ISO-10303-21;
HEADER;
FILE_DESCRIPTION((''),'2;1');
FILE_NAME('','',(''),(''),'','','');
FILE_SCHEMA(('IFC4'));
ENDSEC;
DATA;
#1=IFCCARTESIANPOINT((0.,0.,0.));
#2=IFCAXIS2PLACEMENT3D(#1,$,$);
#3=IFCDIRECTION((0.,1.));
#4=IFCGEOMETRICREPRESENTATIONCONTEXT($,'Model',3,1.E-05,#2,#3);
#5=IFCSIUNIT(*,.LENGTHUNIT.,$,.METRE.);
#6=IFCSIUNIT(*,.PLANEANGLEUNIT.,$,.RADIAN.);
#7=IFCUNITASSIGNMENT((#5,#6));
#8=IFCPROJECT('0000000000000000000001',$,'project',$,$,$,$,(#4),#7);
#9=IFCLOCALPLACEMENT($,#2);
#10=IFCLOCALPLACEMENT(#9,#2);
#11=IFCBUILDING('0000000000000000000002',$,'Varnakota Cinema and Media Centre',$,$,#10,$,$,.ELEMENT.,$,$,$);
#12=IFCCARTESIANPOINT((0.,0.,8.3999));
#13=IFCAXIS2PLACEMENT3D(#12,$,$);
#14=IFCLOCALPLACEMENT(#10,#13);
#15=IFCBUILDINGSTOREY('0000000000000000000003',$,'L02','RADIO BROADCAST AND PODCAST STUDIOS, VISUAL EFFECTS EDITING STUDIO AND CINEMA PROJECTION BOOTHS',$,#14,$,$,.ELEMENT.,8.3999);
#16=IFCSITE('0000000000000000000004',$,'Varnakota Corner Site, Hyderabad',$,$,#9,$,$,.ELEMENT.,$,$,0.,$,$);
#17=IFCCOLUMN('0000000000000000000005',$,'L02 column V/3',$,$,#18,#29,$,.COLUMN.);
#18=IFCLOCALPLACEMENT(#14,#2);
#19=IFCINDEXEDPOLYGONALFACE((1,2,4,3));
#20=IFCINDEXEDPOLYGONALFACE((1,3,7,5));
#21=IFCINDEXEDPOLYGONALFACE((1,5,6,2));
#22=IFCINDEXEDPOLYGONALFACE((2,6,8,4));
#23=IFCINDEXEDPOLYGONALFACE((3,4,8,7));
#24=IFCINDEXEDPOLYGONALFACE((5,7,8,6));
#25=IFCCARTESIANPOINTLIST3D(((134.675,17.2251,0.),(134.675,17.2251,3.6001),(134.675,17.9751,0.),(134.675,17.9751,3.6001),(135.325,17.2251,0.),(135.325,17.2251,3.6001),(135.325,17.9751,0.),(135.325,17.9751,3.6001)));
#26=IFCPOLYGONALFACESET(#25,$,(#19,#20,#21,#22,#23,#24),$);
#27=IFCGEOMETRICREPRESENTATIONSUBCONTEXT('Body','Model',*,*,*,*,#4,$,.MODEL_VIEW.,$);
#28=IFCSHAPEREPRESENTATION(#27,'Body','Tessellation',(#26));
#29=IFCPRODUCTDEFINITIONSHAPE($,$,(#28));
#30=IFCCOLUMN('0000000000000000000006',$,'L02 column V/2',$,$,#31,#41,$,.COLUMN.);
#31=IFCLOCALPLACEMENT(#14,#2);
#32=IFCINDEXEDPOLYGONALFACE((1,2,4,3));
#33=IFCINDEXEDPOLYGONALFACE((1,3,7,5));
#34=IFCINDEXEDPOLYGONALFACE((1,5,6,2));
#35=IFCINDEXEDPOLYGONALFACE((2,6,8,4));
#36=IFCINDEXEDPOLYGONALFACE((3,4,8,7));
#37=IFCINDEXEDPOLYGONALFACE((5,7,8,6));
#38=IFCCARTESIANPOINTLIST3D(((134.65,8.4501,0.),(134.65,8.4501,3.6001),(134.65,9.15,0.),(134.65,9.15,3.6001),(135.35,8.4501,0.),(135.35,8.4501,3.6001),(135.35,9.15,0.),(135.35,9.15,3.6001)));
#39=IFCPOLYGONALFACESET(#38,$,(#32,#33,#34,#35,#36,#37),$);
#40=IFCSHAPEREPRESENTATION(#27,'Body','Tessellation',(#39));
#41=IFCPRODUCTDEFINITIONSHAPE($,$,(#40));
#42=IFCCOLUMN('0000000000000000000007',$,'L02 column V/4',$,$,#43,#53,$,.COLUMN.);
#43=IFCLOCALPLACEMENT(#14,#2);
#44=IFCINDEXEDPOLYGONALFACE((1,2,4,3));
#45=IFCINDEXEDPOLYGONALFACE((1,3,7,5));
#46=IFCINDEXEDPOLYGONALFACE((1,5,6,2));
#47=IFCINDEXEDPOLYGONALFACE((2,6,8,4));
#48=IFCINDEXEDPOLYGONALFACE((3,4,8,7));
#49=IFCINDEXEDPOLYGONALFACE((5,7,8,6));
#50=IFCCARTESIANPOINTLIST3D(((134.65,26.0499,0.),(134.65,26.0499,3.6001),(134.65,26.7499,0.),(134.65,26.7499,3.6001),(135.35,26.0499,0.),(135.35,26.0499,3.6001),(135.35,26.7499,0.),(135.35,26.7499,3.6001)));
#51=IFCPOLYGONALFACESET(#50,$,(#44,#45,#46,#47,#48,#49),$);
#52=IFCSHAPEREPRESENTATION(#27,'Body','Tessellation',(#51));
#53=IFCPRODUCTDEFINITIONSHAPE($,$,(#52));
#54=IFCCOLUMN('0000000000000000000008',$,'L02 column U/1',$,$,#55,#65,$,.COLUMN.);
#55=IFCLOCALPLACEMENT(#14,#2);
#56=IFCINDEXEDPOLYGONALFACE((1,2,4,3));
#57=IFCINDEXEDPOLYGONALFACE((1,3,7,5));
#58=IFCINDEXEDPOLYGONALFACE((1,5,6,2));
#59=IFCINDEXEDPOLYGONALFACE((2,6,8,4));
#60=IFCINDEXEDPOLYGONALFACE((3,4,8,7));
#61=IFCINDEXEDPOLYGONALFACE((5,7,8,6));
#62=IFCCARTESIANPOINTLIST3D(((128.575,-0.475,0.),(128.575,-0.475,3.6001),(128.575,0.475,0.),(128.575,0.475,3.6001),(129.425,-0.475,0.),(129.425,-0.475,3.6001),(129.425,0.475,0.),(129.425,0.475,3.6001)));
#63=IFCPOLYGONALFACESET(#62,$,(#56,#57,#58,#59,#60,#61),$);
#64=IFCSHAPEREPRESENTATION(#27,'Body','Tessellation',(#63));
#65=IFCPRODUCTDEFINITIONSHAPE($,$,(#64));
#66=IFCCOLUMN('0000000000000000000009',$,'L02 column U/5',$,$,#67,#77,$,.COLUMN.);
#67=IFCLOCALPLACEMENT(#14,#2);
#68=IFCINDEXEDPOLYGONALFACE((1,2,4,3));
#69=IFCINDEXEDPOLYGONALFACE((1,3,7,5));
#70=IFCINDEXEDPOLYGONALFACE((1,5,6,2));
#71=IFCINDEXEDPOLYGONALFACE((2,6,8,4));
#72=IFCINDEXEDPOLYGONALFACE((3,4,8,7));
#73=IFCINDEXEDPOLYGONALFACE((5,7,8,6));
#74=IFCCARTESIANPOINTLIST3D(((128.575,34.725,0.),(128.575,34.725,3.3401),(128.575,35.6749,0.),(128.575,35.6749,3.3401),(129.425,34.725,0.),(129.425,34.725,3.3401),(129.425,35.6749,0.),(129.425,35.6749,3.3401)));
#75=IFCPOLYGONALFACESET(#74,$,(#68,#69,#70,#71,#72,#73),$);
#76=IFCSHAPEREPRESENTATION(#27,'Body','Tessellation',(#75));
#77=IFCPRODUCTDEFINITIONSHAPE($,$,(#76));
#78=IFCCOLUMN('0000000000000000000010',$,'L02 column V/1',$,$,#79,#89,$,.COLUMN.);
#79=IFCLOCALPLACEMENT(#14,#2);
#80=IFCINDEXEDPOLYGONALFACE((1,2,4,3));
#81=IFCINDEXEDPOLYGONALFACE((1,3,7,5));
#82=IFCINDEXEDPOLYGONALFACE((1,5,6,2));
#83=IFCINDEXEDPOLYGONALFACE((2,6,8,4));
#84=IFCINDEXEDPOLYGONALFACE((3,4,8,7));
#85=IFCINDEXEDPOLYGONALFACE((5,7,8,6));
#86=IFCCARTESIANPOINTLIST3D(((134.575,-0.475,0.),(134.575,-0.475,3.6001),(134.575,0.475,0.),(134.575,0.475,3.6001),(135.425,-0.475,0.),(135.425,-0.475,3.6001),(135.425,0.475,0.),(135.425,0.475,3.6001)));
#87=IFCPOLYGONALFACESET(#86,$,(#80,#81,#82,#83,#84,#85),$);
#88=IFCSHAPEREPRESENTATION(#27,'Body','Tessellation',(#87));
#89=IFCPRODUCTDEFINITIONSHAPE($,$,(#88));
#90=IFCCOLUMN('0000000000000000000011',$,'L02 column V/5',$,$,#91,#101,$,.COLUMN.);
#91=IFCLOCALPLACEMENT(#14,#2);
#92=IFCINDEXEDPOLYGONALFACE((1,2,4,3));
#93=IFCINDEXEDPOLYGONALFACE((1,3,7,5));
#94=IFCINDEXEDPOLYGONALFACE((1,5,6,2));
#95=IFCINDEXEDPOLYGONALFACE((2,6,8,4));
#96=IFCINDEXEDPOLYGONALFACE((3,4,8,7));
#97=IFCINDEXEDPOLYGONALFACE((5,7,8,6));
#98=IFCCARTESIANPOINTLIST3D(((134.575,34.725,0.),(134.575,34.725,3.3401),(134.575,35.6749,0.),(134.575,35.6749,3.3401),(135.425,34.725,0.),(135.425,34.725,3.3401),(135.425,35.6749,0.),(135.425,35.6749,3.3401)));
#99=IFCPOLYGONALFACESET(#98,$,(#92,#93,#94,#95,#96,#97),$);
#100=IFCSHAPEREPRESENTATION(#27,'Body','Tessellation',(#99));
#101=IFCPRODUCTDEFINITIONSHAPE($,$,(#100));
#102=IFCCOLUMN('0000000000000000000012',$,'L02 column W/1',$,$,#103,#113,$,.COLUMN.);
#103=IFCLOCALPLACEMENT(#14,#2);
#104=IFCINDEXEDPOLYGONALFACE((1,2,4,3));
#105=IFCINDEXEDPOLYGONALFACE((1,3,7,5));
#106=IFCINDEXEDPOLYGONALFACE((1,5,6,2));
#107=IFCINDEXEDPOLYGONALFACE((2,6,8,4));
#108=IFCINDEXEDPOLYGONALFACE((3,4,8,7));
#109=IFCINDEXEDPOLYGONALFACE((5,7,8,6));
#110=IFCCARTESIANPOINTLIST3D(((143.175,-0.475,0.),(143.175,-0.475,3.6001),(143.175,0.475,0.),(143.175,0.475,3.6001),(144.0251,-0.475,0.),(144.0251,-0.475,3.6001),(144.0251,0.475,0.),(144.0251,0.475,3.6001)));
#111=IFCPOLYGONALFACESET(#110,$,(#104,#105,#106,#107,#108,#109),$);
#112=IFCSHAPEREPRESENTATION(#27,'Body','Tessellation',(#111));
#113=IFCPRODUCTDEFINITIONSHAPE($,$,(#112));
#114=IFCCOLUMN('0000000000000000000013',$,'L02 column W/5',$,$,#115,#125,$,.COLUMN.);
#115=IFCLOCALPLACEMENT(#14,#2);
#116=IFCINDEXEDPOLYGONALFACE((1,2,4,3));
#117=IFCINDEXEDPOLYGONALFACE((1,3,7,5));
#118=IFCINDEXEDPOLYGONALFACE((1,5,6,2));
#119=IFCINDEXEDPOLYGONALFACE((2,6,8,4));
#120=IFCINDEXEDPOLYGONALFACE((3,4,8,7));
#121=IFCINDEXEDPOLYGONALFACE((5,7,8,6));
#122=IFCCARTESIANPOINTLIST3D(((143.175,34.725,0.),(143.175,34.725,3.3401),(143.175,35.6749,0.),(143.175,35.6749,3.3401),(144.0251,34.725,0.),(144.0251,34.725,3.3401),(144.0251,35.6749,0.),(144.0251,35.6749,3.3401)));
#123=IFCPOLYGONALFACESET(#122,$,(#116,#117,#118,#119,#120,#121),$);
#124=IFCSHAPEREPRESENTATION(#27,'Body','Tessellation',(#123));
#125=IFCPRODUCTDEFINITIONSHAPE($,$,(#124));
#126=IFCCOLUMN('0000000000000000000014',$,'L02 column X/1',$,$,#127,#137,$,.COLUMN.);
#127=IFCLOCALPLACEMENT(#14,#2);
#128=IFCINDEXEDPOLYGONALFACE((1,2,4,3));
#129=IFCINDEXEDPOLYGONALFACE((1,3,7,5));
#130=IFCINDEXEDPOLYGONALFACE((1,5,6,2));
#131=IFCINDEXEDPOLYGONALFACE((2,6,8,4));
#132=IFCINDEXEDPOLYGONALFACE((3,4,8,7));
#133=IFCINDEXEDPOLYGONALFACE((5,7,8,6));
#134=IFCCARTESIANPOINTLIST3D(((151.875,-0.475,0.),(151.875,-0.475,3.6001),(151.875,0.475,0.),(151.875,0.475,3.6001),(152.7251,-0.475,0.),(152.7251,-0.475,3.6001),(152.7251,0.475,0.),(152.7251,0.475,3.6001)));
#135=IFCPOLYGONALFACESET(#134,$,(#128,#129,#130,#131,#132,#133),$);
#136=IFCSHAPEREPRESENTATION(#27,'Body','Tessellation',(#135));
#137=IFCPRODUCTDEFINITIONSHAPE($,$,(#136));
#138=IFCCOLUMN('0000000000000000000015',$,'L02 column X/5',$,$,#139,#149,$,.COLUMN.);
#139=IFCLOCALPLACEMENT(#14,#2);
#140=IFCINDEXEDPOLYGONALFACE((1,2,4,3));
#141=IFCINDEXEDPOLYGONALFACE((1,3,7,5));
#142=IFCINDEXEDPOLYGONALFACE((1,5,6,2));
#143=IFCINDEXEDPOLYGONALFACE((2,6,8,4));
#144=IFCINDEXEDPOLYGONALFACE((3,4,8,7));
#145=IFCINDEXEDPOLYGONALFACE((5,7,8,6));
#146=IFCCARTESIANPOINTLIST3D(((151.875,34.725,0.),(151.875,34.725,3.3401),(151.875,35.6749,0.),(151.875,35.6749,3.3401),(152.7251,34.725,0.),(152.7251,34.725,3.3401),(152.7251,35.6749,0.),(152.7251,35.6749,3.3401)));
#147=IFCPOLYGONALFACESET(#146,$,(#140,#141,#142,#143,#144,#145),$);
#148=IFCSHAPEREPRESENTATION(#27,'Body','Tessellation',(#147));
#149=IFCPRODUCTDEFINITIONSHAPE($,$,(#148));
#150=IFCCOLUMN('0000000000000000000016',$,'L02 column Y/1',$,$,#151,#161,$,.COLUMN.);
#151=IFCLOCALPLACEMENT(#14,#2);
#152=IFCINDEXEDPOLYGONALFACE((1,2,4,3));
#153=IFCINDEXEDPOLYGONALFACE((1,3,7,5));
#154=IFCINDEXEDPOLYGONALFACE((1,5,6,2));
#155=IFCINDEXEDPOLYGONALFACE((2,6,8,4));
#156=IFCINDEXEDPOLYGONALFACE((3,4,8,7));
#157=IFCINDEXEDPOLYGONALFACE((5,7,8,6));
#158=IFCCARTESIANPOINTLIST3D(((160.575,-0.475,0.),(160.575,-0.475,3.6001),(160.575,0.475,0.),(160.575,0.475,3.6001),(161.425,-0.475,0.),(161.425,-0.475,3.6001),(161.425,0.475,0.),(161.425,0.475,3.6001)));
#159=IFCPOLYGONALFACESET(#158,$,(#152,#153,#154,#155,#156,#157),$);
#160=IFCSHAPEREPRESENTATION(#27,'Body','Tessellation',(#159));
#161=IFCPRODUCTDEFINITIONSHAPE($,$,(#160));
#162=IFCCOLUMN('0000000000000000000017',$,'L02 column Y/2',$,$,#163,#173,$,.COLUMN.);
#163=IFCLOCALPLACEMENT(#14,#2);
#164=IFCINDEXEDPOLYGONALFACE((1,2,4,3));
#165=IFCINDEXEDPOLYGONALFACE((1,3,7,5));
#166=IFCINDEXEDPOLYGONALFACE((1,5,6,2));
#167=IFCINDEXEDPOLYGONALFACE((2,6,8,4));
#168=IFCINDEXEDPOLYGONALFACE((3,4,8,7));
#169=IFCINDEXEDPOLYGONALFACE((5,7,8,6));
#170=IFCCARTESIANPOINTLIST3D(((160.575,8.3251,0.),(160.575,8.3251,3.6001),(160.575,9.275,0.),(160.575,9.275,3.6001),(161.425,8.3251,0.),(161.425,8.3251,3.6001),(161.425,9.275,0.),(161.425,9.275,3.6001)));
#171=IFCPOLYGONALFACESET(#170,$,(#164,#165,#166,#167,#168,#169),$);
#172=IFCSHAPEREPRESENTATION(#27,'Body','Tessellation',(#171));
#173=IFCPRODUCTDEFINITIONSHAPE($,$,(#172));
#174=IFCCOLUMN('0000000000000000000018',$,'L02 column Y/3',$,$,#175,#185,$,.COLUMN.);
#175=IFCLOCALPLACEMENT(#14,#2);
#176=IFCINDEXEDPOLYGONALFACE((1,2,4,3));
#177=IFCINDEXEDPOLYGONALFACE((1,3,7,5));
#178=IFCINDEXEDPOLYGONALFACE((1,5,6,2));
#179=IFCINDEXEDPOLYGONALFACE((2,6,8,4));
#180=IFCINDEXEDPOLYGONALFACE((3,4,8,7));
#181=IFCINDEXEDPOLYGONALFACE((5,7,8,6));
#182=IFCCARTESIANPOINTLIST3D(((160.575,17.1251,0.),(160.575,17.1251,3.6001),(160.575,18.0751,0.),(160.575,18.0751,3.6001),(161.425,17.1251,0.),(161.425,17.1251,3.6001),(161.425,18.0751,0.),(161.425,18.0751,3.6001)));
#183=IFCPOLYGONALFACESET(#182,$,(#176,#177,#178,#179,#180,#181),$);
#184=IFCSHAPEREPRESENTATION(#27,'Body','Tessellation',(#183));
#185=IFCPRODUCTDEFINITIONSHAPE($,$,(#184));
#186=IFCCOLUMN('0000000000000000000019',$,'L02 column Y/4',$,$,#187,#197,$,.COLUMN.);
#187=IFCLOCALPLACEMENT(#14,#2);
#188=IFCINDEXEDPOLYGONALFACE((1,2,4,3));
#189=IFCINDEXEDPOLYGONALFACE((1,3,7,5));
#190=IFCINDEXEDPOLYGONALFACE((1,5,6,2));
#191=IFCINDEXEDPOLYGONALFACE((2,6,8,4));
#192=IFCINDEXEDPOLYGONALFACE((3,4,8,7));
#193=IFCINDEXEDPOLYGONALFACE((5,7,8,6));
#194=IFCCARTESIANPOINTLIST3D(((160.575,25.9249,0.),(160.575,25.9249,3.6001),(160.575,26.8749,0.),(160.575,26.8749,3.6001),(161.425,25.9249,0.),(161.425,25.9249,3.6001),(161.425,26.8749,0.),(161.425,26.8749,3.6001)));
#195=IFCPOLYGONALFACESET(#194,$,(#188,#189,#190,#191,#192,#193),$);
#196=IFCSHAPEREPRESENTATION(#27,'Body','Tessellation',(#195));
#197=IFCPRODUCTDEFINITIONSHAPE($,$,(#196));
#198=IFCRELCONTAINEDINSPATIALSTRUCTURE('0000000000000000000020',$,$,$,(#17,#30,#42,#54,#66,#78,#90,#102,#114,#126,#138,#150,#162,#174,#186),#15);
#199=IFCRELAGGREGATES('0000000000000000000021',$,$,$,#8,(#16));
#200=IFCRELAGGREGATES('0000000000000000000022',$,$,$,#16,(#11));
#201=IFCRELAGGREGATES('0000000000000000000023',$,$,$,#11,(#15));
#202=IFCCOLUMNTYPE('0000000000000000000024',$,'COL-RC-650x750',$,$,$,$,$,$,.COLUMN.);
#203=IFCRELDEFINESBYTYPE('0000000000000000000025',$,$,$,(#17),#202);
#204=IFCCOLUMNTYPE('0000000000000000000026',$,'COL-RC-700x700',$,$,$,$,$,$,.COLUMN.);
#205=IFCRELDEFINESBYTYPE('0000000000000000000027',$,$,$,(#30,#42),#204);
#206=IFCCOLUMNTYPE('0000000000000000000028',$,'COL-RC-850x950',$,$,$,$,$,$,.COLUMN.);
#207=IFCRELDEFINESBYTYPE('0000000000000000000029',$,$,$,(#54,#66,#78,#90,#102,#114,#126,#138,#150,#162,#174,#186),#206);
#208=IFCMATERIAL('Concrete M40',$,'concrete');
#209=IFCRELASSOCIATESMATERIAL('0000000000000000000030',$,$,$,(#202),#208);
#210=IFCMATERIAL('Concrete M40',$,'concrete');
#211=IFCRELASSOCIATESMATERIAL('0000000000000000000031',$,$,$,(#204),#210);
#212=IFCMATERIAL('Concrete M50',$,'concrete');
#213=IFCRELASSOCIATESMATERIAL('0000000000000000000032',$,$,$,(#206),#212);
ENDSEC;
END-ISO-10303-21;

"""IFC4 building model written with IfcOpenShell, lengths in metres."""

from ifc_helpers import new_model, si_unit, direction, frame, origin, origin_2d, place, context, subcontext, project, spatial, rectangle, extrude, material, material_profile, profile_set, type_object, element, save


model = new_model("IFC4")

# Units and contexts
model_context = context("Model", 3, precision=1e-05, world=origin(), true_north=direction((0.0, 1.0)))
body_context = subcontext(model_context, "Body", "Model", "MODEL_VIEW")
ifc_project = project(units=[si_unit("LENGTHUNIT", "METRE"), si_unit("PLANEANGLEUNIT", "RADIAN")], contexts=[model_context])

# Site, building, storey
site_placement = place(None, origin())
site = spatial("IfcSite", under=ifc_project, at=site_placement, Name="Varnakota Corner Site, Hyderabad", CompositionType="ELEMENT", RefElevation=0.0)
building_placement = place(site_placement, origin())
building = spatial("IfcBuilding", under=site, at=building_placement, Name="Varnakota Cinema and Media Centre", CompositionType="ELEMENT")
storey_placement = place(building_placement, frame((0.0, 0.0, 8.3999)))
storey = spatial("IfcBuildingStorey", under=building, at=storey_placement, Name="L02", Description="RADIO BROADCAST AND PODCAST STUDIOS, VISUAL EFFECTS EDITING STUDIO AND CINEMA PROJECTION BOOTHS", CompositionType="ELEMENT", Elevation=8.3999)

# Columns
ifc_material_1 = material(Name="Concrete M40", Category="concrete")
ifc_material_profile_1 = material_profile(ifc_material_1, rectangle(XDim=0.6499, YDim=0.75, at=origin_2d()), Name="RC 650x750")
ifc_profile_set_1 = profile_set([ifc_material_profile_1], Name="Concrete M40")
column_type_1 = type_object("IfcColumnType", Name="COL-RC-650x750", PredefinedType="COLUMN", material=ifc_profile_set_1)
column_1_placement = place(storey_placement, frame((135.0, 17.6001, 0.0), z_axis=(0.0, 0.0, 1.0), x_axis=(1.0, 0.0, 0.0)))
element("IfcColumn", 1, at=column_1_placement, inside=storey, type_object=column_type_1, Name="L02 column V/3", PredefinedType="COLUMN", context=body_context, shape_type="SweptSolid", body=[
    extrude(rectangle(XDim=0.6499, YDim=0.75, at=origin_2d()), origin(), (0.0, 0.0, 1.0), 3.6001),
])
ifc_material_2 = material(Name="Concrete M40", Category="concrete")
ifc_material_profile_2 = material_profile(ifc_material_2, rectangle(XDim=0.7, YDim=0.7, at=origin_2d()), Name="RC 700x700")
ifc_profile_set_2 = profile_set([ifc_material_profile_2], Name="Concrete M40")
column_type_2 = type_object("IfcColumnType", Name="COL-RC-700x700", PredefinedType="COLUMN", material=ifc_profile_set_2)
for number, where, z_axis, x_axis, name in (
    (2, (135.0, 8.8, 0.0), (0.0, 0.0, 1.0), (1.0, 0.0, 0.0), "L02 column V/2"),
    (3, (135.0, 26.3999, 0.0), (0.0, 0.0, 1.0), (1.0, 0.0, 0.0), "L02 column V/4"),
):
    element("IfcColumn", number, at=place(storey_placement, frame(where, z_axis=z_axis, x_axis=x_axis)), inside=storey, type_object=column_type_2, Name=name, PredefinedType="COLUMN", context=body_context, shape_type="SweptSolid", body=[
        extrude(rectangle(XDim=0.7, YDim=0.7, at=origin_2d()), origin(), (0.0, 0.0, 1.0), 3.6001),
    ])
ifc_material_3 = material(Name="Concrete M50", Category="concrete")
ifc_material_profile_3 = material_profile(ifc_material_3, rectangle(XDim=0.8501, YDim=0.95, at=origin_2d()), Name="RC 850x950")
ifc_profile_set_3 = profile_set([ifc_material_profile_3], Name="Concrete M50")
column_type_3 = type_object("IfcColumnType", Name="COL-RC-850x950", PredefinedType="COLUMN", material=ifc_profile_set_3)
column_2_placement = place(storey_placement, frame((129.0, 0.0, 0.0), z_axis=(0.0, 0.0, 1.0), x_axis=(1.0, 0.0, 0.0)))
element("IfcColumn", 4, at=column_2_placement, inside=storey, type_object=column_type_3, Name="L02 column U/1", PredefinedType="COLUMN", context=body_context, shape_type="SweptSolid", body=[
    extrude(rectangle(XDim=0.8501, YDim=0.95, at=origin_2d()), origin(), (0.0, 0.0, 1.0), 3.6001),
])
column_3_placement = place(storey_placement, frame((129.0, 35.2, 0.0), z_axis=(0.0, 0.0, 1.0), x_axis=(1.0, 0.0, 0.0)))
element("IfcColumn", 5, at=column_3_placement, inside=storey, type_object=column_type_3, Name="L02 column U/5", PredefinedType="COLUMN", context=body_context, shape_type="SweptSolid", body=[
    extrude(rectangle(XDim=0.8501, YDim=0.95, at=origin_2d()), origin(), (0.0, 0.0, 1.0), 3.3401),
])
column_4_placement = place(storey_placement, frame((135.0, 0.0, 0.0), z_axis=(0.0, 0.0, 1.0), x_axis=(1.0, 0.0, 0.0)))
element("IfcColumn", 6, at=column_4_placement, inside=storey, type_object=column_type_3, Name="L02 column V/1", PredefinedType="COLUMN", context=body_context, shape_type="SweptSolid", body=[
    extrude(rectangle(XDim=0.8501, YDim=0.95, at=origin_2d()), origin(), (0.0, 0.0, 1.0), 3.6001),
])
column_5_placement = place(storey_placement, frame((135.0, 35.2, 0.0), z_axis=(0.0, 0.0, 1.0), x_axis=(1.0, 0.0, 0.0)))
element("IfcColumn", 7, at=column_5_placement, inside=storey, type_object=column_type_3, Name="L02 column V/5", PredefinedType="COLUMN", context=body_context, shape_type="SweptSolid", body=[
    extrude(rectangle(XDim=0.8501, YDim=0.95, at=origin_2d()), origin(), (0.0, 0.0, 1.0), 3.3401),
])
column_6_placement = place(storey_placement, frame((143.6001, 0.0, 0.0), z_axis=(0.0, 0.0, 1.0), x_axis=(1.0, 0.0, 0.0)))
element("IfcColumn", 8, at=column_6_placement, inside=storey, type_object=column_type_3, Name="L02 column W/1", PredefinedType="COLUMN", context=body_context, shape_type="SweptSolid", body=[
    extrude(rectangle(XDim=0.8501, YDim=0.95, at=origin_2d()), origin(), (0.0, 0.0, 1.0), 3.6001),
])
column_7_placement = place(storey_placement, frame((143.6001, 35.2, 0.0), z_axis=(0.0, 0.0, 1.0), x_axis=(1.0, 0.0, 0.0)))
element("IfcColumn", 9, at=column_7_placement, inside=storey, type_object=column_type_3, Name="L02 column W/5", PredefinedType="COLUMN", context=body_context, shape_type="SweptSolid", body=[
    extrude(rectangle(XDim=0.8501, YDim=0.95, at=origin_2d()), origin(), (0.0, 0.0, 1.0), 3.3401),
])
column_8_placement = place(storey_placement, frame((152.3, 0.0, 0.0), z_axis=(0.0, 0.0, 1.0), x_axis=(1.0, 0.0, 0.0)))
element("IfcColumn", 10, at=column_8_placement, inside=storey, type_object=column_type_3, Name="L02 column X/1", PredefinedType="COLUMN", context=body_context, shape_type="SweptSolid", body=[
    extrude(rectangle(XDim=0.8501, YDim=0.95, at=origin_2d()), origin(), (0.0, 0.0, 1.0), 3.6001),
])
column_9_placement = place(storey_placement, frame((152.3, 35.2, 0.0), z_axis=(0.0, 0.0, 1.0), x_axis=(1.0, 0.0, 0.0)))
element("IfcColumn", 11, at=column_9_placement, inside=storey, type_object=column_type_3, Name="L02 column X/5", PredefinedType="COLUMN", context=body_context, shape_type="SweptSolid", body=[
    extrude(rectangle(XDim=0.8501, YDim=0.95, at=origin_2d()), origin(), (0.0, 0.0, 1.0), 3.3401),
])
for number, where, z_axis, x_axis, name in (
    (12, (161.0, 0.0, 0.0), (0.0, 0.0, 1.0), (1.0, 0.0, 0.0), "L02 column Y/1"),
    (13, (161.0, 8.8, 0.0), (0.0, 0.0, 1.0), (1.0, 0.0, 0.0), "L02 column Y/2"),
    (14, (161.0, 17.6001, 0.0), (0.0, 0.0, 1.0), (1.0, 0.0, 0.0), "L02 column Y/3"),
    (15, (161.0, 26.3999, 0.0), (0.0, 0.0, 1.0), (1.0, 0.0, 0.0), "L02 column Y/4"),
):
    element("IfcColumn", number, at=place(storey_placement, frame(where, z_axis=z_axis, x_axis=x_axis)), inside=storey, type_object=column_type_3, Name=name, PredefinedType="COLUMN", context=body_context, shape_type="SweptSolid", body=[
        extrude(rectangle(XDim=0.8501, YDim=0.95, at=origin_2d()), origin(), (0.0, 0.0, 1.0), 3.6001),
    ])

save(model, "model.ifc")
